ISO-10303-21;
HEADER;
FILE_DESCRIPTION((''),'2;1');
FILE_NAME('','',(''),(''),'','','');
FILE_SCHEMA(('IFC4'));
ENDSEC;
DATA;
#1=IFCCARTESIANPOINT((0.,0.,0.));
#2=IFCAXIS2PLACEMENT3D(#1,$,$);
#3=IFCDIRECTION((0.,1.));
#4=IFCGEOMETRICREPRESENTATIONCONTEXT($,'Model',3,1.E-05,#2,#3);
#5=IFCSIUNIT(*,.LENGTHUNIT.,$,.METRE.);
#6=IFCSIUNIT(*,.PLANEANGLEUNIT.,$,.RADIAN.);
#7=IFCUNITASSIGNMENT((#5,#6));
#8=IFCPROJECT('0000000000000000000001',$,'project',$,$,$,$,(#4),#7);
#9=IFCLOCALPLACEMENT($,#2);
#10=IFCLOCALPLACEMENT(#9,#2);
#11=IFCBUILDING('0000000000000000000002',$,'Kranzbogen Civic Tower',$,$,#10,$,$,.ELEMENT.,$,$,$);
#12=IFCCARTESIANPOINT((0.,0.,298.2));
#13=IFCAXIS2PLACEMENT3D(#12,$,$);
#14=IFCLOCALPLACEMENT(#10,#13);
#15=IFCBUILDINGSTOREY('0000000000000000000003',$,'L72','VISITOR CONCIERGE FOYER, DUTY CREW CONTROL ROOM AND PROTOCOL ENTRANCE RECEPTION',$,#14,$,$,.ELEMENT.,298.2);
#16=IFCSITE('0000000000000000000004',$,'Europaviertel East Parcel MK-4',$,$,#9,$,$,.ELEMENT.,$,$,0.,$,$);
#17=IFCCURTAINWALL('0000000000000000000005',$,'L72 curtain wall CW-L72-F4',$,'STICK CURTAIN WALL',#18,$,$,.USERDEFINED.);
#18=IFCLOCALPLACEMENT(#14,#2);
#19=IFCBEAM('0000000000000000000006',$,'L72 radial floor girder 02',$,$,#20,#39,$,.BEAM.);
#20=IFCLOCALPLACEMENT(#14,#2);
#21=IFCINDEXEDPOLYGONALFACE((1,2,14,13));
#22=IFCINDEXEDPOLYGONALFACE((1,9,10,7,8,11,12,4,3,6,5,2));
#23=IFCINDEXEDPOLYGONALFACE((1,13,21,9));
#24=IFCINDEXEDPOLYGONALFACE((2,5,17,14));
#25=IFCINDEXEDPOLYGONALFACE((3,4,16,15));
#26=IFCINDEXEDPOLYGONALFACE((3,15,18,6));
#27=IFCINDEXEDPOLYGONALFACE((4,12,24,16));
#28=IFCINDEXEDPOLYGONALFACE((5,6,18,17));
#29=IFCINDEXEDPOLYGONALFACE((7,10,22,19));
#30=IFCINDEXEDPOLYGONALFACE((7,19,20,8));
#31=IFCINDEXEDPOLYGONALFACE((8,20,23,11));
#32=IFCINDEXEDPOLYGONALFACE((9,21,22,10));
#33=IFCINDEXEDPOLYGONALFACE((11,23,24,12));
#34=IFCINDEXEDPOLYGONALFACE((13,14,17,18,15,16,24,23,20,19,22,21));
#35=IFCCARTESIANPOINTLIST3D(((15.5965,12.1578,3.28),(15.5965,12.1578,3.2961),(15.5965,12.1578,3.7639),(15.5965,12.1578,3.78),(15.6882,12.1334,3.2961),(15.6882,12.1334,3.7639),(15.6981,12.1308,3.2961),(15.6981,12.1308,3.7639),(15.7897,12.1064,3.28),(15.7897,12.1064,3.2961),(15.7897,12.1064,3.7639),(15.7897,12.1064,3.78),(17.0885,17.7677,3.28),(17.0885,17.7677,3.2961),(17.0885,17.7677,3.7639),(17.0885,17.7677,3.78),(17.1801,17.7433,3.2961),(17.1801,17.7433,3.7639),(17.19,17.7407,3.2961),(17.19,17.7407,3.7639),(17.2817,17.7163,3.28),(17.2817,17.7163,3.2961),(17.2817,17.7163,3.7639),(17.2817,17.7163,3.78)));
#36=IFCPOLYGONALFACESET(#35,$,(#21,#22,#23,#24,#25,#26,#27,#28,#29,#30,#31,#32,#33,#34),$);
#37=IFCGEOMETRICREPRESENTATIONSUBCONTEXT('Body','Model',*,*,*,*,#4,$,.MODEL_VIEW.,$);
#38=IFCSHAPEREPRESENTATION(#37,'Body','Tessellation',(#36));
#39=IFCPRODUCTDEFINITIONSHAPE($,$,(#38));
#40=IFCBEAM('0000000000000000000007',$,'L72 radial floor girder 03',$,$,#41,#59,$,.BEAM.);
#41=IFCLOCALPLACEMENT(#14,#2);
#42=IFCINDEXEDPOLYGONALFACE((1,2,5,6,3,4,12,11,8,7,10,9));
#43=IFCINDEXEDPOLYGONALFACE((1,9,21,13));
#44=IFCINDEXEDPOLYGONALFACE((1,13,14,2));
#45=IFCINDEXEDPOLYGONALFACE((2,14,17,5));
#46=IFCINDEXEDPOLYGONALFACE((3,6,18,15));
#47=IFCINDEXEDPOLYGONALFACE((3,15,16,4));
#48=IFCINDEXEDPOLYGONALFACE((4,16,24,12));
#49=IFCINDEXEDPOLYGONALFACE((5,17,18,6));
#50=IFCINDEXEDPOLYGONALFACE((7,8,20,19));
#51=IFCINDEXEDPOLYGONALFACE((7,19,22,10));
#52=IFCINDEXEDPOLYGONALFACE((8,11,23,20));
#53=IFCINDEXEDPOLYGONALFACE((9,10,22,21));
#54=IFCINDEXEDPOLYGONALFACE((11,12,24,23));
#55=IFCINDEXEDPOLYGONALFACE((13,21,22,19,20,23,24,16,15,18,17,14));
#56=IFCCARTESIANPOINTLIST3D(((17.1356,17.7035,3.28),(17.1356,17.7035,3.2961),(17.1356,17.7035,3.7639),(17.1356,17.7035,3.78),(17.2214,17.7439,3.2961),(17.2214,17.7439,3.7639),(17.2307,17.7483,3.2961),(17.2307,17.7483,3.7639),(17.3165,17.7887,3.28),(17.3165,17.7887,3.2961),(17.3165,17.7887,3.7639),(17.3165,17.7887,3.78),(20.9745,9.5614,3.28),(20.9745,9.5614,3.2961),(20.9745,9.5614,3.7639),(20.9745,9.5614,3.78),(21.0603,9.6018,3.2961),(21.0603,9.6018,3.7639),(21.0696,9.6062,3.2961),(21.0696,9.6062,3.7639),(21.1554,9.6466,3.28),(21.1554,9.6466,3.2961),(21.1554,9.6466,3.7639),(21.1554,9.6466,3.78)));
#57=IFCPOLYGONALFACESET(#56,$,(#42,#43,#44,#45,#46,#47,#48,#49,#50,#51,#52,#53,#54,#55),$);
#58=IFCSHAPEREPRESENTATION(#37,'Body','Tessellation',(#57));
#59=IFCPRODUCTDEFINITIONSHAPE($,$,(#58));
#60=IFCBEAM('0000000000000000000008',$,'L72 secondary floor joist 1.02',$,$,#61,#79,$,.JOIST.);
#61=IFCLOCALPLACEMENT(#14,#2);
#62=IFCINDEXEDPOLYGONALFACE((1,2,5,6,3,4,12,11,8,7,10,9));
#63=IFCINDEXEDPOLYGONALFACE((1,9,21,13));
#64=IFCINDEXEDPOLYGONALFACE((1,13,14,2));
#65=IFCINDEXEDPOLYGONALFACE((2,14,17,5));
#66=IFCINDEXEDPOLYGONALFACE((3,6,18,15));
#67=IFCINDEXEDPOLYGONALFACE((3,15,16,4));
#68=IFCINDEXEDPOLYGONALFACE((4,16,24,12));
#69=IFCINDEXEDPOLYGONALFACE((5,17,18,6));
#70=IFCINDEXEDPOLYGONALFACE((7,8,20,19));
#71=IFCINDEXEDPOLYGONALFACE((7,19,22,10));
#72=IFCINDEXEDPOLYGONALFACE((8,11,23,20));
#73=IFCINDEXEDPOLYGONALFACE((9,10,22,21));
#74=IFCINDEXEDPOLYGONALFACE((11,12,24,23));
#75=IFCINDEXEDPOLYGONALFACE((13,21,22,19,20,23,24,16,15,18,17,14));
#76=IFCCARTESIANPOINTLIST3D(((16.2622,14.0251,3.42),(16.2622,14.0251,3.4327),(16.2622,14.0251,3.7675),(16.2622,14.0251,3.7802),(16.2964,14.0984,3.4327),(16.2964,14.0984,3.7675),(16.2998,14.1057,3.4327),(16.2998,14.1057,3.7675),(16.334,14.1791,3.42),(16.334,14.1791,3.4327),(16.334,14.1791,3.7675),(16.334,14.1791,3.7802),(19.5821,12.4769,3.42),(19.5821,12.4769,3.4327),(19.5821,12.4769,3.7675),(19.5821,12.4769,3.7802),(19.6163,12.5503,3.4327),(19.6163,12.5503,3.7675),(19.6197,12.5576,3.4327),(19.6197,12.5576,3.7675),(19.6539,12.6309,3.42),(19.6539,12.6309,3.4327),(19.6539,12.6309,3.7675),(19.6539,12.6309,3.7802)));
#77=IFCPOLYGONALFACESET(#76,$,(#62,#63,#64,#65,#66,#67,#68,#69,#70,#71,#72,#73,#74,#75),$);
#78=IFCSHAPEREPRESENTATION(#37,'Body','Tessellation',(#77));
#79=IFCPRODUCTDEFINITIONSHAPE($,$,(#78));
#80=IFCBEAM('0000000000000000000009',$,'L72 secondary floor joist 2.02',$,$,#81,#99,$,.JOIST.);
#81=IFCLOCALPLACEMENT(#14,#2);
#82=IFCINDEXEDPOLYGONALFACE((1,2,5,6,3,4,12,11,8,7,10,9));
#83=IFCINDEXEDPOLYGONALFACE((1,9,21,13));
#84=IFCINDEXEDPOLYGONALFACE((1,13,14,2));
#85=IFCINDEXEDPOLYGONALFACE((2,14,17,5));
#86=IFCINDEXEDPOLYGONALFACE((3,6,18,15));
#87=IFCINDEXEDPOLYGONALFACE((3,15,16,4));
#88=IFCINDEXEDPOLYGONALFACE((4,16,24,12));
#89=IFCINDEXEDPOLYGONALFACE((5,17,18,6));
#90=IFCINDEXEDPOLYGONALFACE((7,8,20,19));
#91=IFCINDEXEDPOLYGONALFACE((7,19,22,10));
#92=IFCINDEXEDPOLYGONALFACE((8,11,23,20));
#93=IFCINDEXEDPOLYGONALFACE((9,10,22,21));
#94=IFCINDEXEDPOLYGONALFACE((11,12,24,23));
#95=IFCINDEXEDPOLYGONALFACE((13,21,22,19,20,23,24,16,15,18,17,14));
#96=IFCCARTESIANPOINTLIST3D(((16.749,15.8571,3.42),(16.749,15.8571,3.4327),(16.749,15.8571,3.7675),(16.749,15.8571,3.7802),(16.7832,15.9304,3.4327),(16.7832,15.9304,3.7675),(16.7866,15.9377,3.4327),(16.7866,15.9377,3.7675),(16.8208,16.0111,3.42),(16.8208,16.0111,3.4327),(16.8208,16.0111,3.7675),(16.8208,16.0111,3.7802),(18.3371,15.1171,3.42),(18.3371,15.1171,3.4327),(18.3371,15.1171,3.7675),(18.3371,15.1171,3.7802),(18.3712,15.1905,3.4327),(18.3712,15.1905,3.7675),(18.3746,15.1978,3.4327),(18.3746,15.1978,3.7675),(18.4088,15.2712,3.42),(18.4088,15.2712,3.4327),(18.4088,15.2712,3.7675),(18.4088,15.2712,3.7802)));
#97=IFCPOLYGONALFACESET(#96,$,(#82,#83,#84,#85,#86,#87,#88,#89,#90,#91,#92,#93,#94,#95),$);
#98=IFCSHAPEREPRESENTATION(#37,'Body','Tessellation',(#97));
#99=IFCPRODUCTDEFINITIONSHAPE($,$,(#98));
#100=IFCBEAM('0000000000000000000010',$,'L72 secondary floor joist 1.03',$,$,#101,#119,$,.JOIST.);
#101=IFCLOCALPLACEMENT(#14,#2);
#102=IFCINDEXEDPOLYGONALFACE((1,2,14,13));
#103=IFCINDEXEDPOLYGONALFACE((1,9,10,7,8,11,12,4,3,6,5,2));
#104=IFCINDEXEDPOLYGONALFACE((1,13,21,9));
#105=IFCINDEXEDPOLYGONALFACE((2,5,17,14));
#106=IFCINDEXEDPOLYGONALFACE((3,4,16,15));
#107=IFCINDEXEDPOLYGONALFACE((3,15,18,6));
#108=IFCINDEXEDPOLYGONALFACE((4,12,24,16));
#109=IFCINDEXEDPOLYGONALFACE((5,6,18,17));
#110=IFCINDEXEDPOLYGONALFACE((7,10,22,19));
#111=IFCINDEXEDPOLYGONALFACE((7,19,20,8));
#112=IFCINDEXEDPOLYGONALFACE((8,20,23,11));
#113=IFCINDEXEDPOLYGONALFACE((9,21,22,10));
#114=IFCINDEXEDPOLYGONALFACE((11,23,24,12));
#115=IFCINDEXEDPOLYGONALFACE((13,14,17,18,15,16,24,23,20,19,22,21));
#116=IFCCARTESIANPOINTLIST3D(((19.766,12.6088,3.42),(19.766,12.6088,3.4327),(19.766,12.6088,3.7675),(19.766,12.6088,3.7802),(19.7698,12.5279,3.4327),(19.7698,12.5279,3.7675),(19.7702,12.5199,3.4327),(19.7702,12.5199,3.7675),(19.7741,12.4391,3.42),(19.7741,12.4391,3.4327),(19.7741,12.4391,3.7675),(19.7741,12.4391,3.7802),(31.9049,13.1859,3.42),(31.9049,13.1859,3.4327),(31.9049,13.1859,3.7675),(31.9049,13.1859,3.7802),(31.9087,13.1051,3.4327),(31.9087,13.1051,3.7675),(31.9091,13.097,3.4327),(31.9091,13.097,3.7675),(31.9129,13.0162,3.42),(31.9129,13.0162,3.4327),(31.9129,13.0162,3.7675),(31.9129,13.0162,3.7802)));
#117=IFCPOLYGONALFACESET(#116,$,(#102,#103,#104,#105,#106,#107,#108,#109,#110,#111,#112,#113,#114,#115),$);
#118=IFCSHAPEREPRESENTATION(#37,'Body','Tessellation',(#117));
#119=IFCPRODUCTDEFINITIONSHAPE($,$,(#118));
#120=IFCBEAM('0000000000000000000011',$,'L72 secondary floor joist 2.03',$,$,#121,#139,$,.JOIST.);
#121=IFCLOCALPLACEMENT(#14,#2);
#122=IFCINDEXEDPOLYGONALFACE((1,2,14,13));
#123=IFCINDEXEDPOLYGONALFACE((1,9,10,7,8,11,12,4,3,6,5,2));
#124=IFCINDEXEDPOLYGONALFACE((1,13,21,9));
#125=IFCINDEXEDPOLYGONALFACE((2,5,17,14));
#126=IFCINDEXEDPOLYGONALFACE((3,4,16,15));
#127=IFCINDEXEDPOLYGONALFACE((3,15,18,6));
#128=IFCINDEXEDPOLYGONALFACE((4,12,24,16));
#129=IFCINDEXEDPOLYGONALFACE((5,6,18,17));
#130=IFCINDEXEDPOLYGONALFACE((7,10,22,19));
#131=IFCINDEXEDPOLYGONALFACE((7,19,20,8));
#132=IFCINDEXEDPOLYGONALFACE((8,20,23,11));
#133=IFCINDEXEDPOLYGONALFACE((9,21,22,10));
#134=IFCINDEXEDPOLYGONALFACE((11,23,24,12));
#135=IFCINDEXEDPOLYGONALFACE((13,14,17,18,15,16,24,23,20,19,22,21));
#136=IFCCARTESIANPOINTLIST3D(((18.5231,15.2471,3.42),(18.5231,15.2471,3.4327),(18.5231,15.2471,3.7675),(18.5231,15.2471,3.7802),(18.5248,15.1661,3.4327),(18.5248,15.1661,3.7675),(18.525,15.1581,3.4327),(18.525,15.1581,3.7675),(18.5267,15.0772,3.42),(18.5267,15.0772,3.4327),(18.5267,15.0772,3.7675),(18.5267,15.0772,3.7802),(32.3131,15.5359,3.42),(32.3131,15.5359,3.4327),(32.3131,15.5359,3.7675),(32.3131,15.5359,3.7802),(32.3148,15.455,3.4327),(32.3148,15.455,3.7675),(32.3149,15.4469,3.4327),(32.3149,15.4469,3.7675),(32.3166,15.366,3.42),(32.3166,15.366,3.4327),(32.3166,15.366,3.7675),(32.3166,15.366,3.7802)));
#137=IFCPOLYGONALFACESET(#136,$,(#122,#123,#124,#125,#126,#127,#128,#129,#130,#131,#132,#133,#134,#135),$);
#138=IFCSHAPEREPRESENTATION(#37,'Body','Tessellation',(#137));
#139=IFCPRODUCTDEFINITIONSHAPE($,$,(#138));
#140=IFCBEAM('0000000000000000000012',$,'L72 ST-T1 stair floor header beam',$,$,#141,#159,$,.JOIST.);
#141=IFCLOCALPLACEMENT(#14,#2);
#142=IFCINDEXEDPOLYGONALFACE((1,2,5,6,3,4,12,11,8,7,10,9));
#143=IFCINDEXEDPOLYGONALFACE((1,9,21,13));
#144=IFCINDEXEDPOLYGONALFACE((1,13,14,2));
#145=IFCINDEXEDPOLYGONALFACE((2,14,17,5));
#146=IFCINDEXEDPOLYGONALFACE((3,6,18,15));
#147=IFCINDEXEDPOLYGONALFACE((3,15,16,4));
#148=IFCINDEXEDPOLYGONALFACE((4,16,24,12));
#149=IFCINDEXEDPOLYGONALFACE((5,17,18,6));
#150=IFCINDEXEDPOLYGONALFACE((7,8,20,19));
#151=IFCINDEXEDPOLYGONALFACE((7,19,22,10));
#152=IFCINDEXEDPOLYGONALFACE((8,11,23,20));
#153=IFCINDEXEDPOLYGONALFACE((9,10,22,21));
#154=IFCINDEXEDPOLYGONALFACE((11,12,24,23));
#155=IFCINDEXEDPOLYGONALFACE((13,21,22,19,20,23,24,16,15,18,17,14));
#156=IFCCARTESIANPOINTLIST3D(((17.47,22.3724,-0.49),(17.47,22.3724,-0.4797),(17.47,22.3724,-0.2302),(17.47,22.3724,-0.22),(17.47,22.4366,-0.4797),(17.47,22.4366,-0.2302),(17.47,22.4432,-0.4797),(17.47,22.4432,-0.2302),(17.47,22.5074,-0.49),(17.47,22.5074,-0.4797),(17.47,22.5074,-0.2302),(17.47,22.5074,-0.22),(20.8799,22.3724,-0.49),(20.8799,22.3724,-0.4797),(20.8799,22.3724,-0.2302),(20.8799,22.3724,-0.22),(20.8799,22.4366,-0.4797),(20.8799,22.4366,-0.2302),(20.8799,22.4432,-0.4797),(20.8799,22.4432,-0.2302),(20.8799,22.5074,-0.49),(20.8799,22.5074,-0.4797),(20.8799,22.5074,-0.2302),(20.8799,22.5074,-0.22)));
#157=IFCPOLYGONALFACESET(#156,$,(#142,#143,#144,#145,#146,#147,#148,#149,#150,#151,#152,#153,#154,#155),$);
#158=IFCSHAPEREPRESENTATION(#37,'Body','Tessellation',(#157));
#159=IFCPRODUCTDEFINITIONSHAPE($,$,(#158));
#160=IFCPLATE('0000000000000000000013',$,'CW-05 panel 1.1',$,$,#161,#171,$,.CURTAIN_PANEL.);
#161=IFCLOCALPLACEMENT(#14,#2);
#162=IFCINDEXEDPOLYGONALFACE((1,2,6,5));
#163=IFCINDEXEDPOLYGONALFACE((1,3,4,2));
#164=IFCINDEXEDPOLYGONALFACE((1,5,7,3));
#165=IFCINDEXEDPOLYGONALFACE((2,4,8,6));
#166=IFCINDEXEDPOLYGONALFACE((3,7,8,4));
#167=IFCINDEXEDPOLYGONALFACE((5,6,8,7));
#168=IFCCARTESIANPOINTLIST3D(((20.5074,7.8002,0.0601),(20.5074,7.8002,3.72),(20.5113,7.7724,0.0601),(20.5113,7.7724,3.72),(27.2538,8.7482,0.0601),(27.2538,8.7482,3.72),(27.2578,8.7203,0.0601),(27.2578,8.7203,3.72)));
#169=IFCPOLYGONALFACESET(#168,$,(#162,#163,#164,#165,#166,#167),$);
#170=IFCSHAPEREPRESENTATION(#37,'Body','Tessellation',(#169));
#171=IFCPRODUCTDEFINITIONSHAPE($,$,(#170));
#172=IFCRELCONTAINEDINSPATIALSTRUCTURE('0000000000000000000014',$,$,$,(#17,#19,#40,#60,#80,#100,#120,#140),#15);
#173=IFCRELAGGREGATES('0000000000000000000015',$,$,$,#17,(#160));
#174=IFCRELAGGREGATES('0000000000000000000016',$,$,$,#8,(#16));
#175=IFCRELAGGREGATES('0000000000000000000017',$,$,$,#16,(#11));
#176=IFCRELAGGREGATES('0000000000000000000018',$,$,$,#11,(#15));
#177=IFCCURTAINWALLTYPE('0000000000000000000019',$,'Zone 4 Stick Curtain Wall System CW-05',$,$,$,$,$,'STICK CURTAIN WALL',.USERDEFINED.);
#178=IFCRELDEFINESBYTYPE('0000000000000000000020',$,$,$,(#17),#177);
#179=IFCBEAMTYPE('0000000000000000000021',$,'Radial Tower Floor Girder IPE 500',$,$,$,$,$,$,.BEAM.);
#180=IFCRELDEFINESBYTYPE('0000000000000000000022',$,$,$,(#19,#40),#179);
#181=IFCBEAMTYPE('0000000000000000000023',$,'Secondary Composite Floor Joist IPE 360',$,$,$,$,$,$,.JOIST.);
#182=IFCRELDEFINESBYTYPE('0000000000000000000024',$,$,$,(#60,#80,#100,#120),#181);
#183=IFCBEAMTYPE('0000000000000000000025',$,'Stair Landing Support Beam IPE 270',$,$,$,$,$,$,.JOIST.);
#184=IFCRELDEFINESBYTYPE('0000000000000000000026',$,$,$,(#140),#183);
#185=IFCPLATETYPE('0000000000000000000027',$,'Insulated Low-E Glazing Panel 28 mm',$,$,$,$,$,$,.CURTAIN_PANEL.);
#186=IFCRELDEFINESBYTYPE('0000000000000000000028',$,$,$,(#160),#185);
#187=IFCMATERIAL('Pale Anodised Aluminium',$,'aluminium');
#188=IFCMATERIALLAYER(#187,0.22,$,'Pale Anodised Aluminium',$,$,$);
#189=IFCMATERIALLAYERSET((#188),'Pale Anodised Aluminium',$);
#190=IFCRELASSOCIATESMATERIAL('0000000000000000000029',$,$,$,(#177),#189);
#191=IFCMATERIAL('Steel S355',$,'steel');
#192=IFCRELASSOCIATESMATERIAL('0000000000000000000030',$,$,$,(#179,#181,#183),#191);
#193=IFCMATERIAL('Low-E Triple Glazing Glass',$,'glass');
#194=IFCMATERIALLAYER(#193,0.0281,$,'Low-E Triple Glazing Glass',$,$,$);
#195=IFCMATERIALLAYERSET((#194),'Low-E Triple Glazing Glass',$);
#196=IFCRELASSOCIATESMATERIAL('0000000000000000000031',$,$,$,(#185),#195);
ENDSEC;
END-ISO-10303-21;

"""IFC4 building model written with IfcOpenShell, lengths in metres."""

from ifc_helpers import new_model, si_unit, direction, frame, origin, origin_2d, place, context, subcontext, project, spatial, rectangle, i_section, extrude, material, layer, layer_set, material_profile, profile_set, type_object, element, aggregate, save


model = new_model("IFC4")

# Units and contexts
model_context = context("Model", 3, precision=1e-05, world=origin(), true_north=direction((0.0, 1.0)))
body_context = subcontext(model_context, "Body", "Model", "MODEL_VIEW")
ifc_project = project(units=[si_unit("LENGTHUNIT", "METRE"), si_unit("PLANEANGLEUNIT", "RADIAN")], contexts=[model_context])

# Site, building, storey
site_placement = place(None, origin())
site = spatial("IfcSite", under=ifc_project, at=site_placement, Name="Europaviertel East Parcel MK-4", CompositionType="ELEMENT", RefElevation=0.0)
building_placement = place(site_placement, origin())
building = spatial("IfcBuilding", under=site, at=building_placement, Name="Kranzbogen Civic Tower", CompositionType="ELEMENT")
storey_placement = place(building_placement, frame((0.0, 0.0, 298.2)))
storey = spatial("IfcBuildingStorey", under=building, at=storey_placement, Name="L72", Description="VISITOR CONCIERGE FOYER, DUTY CREW CONTROL ROOM AND PROTOCOL ENTRANCE RECEPTION", CompositionType="ELEMENT", Elevation=298.2)

# Shared definitions
ifc_material_1 = material(Name="Steel S355", Category="steel")

# Shared definitions
ifc_material_2 = material(Name="Pale Anodised Aluminium", Category="aluminium")
ifc_layer_1 = layer(ifc_material_2, 0.22, Name="Pale Anodised Aluminium")
ifc_layer_set_1 = layer_set([ifc_layer_1], Name="Pale Anodised Aluminium")
curtain_wall_type = type_object("IfcCurtainWallType", Name="Zone 4 Stick Curtain Wall System CW-05", ElementType="STICK CURTAIN WALL", PredefinedType="USERDEFINED", material=ifc_layer_set_1)

# Curtain wall
curtain_wall_1_placement = place(storey_placement, origin())
curtain_wall_1 = element("IfcCurtainWall", 1, at=curtain_wall_1_placement, inside=storey, type_object=curtain_wall_type, Name="L72 curtain wall CW-L72-F4", ObjectType="STICK CURTAIN WALL", PredefinedType="USERDEFINED")

# Beams
ifc_material_profile_1 = material_profile(ifc_material_1, i_section(OverallWidth=0.2, OverallDepth=0.5, WebThickness=0.0103, FlangeThickness=0.0161, at=origin_2d()), Name="IPE 500")
ifc_profile_set_1 = profile_set([ifc_material_profile_1], Name="Steel S355")
beam_type_1 = type_object("IfcBeamType", Name="Radial Tower Floor Girder IPE 500", PredefinedType="BEAM", material=ifc_profile_set_1)
beam_1_placement = place(storey_placement, frame((15.6931, 12.1321, 3.53), z_axis=(0.257016, 0.966407, 0.0), x_axis=(-0.966407, 0.257016, 0.0)))
element("IfcBeam", 2, at=beam_1_placement, inside=storey, type_object=beam_type_1, Name="L72 radial floor girder 02", PredefinedType="BEAM", context=body_context, shape_type="SweptSolid", body=[
    extrude(i_section(OverallWidth=0.2, OverallDepth=0.5, WebThickness=0.0103, FlangeThickness=0.0161, at=origin_2d()), origin(), (0.0, 0.0, 1.0), 5.8049),
])
beam_2_placement = place(storey_placement, frame((21.0649, 9.604, 3.53), z_axis=(-0.42646, 0.904506, 0.0), x_axis=(-0.904506, -0.42646, 0.0)))
element("IfcBeam", 3, at=beam_2_placement, inside=storey, type_object=beam_type_1, Name="L72 radial floor girder 03", PredefinedType="BEAM", context=body_context, shape_type="SweptSolid", body=[
    extrude(i_section(OverallWidth=0.2, OverallDepth=0.5, WebThickness=0.0103, FlangeThickness=0.0161, at=origin_2d()), origin(), (0.0, 0.0, 1.0), 9.0017),
])
ifc_material_profile_2 = material_profile(ifc_material_1, i_section(OverallWidth=0.1699, OverallDepth=0.3601, WebThickness=0.0081, FlangeThickness=0.0127, at=origin_2d()), Name="IPE 360")
ifc_profile_set_2 = profile_set([ifc_material_profile_2], Name="Steel S355")
beam_type_2 = type_object("IfcBeamType", Name="Secondary Composite Floor Joist IPE 360", PredefinedType="JOIST", material=ifc_profile_set_2)
beam_3_placement = place(storey_placement, frame((16.2981, 14.1021, 3.6001), z_axis=(0.906304, -0.422626, 0.0), x_axis=(0.422626, 0.906304, 0.0)))
element("IfcBeam", 4, at=beam_3_placement, inside=storey, type_object=beam_type_2, Name="L72 secondary floor joist 1.02", PredefinedType="JOIST", context=body_context, shape_type="SweptSolid", body=[
    extrude(i_section(OverallWidth=0.1699, OverallDepth=0.3601, WebThickness=0.0081, FlangeThickness=0.0127, at=origin_2d()), origin(), (0.0, 0.0, 1.0), 3.6631),
])
beam_4_placement = place(storey_placement, frame((16.7849, 15.9341, 3.6001), z_axis=(0.906432, -0.422351, 0.0), x_axis=(0.422351, 0.906432, 0.0)))
element("IfcBeam", 5, at=beam_4_placement, inside=storey, type_object=beam_type_2, Name="L72 secondary floor joist 2.02", PredefinedType="JOIST", context=body_context, shape_type="SweptSolid", body=[
    extrude(i_section(OverallWidth=0.1699, OverallDepth=0.3601, WebThickness=0.0081, FlangeThickness=0.0127, at=origin_2d()), origin(), (0.0, 0.0, 1.0), 1.752),
])
beam_5_placement = place(storey_placement, frame((19.77, 12.5239, 3.6001), z_axis=(0.998872, 0.047492, 0.0), x_axis=(-0.047492, 0.998872, 0.0)))
element("IfcBeam", 6, at=beam_5_placement, inside=storey, type_object=beam_type_2, Name="L72 secondary floor joist 1.03", PredefinedType="JOIST", context=body_context, shape_type="SweptSolid", body=[
    extrude(i_section(OverallWidth=0.1699, OverallDepth=0.3601, WebThickness=0.0081, FlangeThickness=0.0127, at=origin_2d()), origin(), (0.0, 0.0, 1.0), 12.1526),
])
beam_6_placement = place(storey_placement, frame((18.5249, 15.1621, 3.6001), z_axis=(0.999781, 0.020939, 0.0), x_axis=(-0.020939, 0.999781, 0.0)))
element("IfcBeam", 7, at=beam_6_placement, inside=storey, type_object=beam_type_2, Name="L72 secondary floor joist 2.03", PredefinedType="JOIST", context=body_context, shape_type="SweptSolid", body=[
    extrude(i_section(OverallWidth=0.1699, OverallDepth=0.3601, WebThickness=0.0081, FlangeThickness=0.0127, at=origin_2d()), origin(), (0.0, 0.0, 1.0), 13.793),
])
ifc_material_profile_3 = material_profile(ifc_material_1, i_section(OverallWidth=0.135, OverallDepth=0.27, WebThickness=0.0066, FlangeThickness=0.0103, at=origin_2d()), Name="IPE 270")
ifc_profile_set_3 = profile_set([ifc_material_profile_3], Name="Steel S355")
beam_type_3 = type_object("IfcBeamType", Name="Stair Landing Support Beam IPE 270", PredefinedType="JOIST", material=ifc_profile_set_3)
beam_7_placement = place(storey_placement, frame((20.8799, 22.4399, -0.355), z_axis=(-1.0, 0.0, 0.0), x_axis=(0.0, -1.0, 0.0)))
element("IfcBeam", 8, at=beam_7_placement, inside=storey, type_object=beam_type_3, Name="L72 ST-T1 stair floor header beam", PredefinedType="JOIST", context=body_context, shape_type="SweptSolid", body=[
    extrude(i_section(OverallWidth=0.135, OverallDepth=0.27, WebThickness=0.0066, FlangeThickness=0.0103, at=origin_2d()), origin(), (0.0, 0.0, 1.0), 3.4099),
])

# Plate
ifc_material_3 = material(Name="Low-E Triple Glazing Glass", Category="glass")
ifc_layer_2 = layer(ifc_material_3, 0.0281, Name="Low-E Triple Glazing Glass")
ifc_layer_set_2 = layer_set([ifc_layer_2], Name="Low-E Triple Glazing Glass")
plate_type = type_object("IfcPlateType", Name="Insulated Low-E Glazing Panel 28 mm", PredefinedType="CURTAIN_PANEL", material=ifc_layer_set_2)
plate_placement = place(storey_placement, frame((23.8826, 8.2603, 0.0601), z_axis=(0.0, 0.0, 1.0), x_axis=(0.990271, 0.139149, 0.0)))
plate = element("IfcPlate", 9, at=plate_placement, type_object=plate_type, Name="CW-05 panel 1.1", PredefinedType="CURTAIN_PANEL", context=body_context, shape_type="SweptSolid", body=[
    extrude(rectangle(XDim=6.8127, YDim=0.0281, at=origin_2d()), origin(), (0.0, 0.0, 1.0), 3.6599),
])
aggregate(curtain_wall_1, [plate])

save(model, "model.ifc")
